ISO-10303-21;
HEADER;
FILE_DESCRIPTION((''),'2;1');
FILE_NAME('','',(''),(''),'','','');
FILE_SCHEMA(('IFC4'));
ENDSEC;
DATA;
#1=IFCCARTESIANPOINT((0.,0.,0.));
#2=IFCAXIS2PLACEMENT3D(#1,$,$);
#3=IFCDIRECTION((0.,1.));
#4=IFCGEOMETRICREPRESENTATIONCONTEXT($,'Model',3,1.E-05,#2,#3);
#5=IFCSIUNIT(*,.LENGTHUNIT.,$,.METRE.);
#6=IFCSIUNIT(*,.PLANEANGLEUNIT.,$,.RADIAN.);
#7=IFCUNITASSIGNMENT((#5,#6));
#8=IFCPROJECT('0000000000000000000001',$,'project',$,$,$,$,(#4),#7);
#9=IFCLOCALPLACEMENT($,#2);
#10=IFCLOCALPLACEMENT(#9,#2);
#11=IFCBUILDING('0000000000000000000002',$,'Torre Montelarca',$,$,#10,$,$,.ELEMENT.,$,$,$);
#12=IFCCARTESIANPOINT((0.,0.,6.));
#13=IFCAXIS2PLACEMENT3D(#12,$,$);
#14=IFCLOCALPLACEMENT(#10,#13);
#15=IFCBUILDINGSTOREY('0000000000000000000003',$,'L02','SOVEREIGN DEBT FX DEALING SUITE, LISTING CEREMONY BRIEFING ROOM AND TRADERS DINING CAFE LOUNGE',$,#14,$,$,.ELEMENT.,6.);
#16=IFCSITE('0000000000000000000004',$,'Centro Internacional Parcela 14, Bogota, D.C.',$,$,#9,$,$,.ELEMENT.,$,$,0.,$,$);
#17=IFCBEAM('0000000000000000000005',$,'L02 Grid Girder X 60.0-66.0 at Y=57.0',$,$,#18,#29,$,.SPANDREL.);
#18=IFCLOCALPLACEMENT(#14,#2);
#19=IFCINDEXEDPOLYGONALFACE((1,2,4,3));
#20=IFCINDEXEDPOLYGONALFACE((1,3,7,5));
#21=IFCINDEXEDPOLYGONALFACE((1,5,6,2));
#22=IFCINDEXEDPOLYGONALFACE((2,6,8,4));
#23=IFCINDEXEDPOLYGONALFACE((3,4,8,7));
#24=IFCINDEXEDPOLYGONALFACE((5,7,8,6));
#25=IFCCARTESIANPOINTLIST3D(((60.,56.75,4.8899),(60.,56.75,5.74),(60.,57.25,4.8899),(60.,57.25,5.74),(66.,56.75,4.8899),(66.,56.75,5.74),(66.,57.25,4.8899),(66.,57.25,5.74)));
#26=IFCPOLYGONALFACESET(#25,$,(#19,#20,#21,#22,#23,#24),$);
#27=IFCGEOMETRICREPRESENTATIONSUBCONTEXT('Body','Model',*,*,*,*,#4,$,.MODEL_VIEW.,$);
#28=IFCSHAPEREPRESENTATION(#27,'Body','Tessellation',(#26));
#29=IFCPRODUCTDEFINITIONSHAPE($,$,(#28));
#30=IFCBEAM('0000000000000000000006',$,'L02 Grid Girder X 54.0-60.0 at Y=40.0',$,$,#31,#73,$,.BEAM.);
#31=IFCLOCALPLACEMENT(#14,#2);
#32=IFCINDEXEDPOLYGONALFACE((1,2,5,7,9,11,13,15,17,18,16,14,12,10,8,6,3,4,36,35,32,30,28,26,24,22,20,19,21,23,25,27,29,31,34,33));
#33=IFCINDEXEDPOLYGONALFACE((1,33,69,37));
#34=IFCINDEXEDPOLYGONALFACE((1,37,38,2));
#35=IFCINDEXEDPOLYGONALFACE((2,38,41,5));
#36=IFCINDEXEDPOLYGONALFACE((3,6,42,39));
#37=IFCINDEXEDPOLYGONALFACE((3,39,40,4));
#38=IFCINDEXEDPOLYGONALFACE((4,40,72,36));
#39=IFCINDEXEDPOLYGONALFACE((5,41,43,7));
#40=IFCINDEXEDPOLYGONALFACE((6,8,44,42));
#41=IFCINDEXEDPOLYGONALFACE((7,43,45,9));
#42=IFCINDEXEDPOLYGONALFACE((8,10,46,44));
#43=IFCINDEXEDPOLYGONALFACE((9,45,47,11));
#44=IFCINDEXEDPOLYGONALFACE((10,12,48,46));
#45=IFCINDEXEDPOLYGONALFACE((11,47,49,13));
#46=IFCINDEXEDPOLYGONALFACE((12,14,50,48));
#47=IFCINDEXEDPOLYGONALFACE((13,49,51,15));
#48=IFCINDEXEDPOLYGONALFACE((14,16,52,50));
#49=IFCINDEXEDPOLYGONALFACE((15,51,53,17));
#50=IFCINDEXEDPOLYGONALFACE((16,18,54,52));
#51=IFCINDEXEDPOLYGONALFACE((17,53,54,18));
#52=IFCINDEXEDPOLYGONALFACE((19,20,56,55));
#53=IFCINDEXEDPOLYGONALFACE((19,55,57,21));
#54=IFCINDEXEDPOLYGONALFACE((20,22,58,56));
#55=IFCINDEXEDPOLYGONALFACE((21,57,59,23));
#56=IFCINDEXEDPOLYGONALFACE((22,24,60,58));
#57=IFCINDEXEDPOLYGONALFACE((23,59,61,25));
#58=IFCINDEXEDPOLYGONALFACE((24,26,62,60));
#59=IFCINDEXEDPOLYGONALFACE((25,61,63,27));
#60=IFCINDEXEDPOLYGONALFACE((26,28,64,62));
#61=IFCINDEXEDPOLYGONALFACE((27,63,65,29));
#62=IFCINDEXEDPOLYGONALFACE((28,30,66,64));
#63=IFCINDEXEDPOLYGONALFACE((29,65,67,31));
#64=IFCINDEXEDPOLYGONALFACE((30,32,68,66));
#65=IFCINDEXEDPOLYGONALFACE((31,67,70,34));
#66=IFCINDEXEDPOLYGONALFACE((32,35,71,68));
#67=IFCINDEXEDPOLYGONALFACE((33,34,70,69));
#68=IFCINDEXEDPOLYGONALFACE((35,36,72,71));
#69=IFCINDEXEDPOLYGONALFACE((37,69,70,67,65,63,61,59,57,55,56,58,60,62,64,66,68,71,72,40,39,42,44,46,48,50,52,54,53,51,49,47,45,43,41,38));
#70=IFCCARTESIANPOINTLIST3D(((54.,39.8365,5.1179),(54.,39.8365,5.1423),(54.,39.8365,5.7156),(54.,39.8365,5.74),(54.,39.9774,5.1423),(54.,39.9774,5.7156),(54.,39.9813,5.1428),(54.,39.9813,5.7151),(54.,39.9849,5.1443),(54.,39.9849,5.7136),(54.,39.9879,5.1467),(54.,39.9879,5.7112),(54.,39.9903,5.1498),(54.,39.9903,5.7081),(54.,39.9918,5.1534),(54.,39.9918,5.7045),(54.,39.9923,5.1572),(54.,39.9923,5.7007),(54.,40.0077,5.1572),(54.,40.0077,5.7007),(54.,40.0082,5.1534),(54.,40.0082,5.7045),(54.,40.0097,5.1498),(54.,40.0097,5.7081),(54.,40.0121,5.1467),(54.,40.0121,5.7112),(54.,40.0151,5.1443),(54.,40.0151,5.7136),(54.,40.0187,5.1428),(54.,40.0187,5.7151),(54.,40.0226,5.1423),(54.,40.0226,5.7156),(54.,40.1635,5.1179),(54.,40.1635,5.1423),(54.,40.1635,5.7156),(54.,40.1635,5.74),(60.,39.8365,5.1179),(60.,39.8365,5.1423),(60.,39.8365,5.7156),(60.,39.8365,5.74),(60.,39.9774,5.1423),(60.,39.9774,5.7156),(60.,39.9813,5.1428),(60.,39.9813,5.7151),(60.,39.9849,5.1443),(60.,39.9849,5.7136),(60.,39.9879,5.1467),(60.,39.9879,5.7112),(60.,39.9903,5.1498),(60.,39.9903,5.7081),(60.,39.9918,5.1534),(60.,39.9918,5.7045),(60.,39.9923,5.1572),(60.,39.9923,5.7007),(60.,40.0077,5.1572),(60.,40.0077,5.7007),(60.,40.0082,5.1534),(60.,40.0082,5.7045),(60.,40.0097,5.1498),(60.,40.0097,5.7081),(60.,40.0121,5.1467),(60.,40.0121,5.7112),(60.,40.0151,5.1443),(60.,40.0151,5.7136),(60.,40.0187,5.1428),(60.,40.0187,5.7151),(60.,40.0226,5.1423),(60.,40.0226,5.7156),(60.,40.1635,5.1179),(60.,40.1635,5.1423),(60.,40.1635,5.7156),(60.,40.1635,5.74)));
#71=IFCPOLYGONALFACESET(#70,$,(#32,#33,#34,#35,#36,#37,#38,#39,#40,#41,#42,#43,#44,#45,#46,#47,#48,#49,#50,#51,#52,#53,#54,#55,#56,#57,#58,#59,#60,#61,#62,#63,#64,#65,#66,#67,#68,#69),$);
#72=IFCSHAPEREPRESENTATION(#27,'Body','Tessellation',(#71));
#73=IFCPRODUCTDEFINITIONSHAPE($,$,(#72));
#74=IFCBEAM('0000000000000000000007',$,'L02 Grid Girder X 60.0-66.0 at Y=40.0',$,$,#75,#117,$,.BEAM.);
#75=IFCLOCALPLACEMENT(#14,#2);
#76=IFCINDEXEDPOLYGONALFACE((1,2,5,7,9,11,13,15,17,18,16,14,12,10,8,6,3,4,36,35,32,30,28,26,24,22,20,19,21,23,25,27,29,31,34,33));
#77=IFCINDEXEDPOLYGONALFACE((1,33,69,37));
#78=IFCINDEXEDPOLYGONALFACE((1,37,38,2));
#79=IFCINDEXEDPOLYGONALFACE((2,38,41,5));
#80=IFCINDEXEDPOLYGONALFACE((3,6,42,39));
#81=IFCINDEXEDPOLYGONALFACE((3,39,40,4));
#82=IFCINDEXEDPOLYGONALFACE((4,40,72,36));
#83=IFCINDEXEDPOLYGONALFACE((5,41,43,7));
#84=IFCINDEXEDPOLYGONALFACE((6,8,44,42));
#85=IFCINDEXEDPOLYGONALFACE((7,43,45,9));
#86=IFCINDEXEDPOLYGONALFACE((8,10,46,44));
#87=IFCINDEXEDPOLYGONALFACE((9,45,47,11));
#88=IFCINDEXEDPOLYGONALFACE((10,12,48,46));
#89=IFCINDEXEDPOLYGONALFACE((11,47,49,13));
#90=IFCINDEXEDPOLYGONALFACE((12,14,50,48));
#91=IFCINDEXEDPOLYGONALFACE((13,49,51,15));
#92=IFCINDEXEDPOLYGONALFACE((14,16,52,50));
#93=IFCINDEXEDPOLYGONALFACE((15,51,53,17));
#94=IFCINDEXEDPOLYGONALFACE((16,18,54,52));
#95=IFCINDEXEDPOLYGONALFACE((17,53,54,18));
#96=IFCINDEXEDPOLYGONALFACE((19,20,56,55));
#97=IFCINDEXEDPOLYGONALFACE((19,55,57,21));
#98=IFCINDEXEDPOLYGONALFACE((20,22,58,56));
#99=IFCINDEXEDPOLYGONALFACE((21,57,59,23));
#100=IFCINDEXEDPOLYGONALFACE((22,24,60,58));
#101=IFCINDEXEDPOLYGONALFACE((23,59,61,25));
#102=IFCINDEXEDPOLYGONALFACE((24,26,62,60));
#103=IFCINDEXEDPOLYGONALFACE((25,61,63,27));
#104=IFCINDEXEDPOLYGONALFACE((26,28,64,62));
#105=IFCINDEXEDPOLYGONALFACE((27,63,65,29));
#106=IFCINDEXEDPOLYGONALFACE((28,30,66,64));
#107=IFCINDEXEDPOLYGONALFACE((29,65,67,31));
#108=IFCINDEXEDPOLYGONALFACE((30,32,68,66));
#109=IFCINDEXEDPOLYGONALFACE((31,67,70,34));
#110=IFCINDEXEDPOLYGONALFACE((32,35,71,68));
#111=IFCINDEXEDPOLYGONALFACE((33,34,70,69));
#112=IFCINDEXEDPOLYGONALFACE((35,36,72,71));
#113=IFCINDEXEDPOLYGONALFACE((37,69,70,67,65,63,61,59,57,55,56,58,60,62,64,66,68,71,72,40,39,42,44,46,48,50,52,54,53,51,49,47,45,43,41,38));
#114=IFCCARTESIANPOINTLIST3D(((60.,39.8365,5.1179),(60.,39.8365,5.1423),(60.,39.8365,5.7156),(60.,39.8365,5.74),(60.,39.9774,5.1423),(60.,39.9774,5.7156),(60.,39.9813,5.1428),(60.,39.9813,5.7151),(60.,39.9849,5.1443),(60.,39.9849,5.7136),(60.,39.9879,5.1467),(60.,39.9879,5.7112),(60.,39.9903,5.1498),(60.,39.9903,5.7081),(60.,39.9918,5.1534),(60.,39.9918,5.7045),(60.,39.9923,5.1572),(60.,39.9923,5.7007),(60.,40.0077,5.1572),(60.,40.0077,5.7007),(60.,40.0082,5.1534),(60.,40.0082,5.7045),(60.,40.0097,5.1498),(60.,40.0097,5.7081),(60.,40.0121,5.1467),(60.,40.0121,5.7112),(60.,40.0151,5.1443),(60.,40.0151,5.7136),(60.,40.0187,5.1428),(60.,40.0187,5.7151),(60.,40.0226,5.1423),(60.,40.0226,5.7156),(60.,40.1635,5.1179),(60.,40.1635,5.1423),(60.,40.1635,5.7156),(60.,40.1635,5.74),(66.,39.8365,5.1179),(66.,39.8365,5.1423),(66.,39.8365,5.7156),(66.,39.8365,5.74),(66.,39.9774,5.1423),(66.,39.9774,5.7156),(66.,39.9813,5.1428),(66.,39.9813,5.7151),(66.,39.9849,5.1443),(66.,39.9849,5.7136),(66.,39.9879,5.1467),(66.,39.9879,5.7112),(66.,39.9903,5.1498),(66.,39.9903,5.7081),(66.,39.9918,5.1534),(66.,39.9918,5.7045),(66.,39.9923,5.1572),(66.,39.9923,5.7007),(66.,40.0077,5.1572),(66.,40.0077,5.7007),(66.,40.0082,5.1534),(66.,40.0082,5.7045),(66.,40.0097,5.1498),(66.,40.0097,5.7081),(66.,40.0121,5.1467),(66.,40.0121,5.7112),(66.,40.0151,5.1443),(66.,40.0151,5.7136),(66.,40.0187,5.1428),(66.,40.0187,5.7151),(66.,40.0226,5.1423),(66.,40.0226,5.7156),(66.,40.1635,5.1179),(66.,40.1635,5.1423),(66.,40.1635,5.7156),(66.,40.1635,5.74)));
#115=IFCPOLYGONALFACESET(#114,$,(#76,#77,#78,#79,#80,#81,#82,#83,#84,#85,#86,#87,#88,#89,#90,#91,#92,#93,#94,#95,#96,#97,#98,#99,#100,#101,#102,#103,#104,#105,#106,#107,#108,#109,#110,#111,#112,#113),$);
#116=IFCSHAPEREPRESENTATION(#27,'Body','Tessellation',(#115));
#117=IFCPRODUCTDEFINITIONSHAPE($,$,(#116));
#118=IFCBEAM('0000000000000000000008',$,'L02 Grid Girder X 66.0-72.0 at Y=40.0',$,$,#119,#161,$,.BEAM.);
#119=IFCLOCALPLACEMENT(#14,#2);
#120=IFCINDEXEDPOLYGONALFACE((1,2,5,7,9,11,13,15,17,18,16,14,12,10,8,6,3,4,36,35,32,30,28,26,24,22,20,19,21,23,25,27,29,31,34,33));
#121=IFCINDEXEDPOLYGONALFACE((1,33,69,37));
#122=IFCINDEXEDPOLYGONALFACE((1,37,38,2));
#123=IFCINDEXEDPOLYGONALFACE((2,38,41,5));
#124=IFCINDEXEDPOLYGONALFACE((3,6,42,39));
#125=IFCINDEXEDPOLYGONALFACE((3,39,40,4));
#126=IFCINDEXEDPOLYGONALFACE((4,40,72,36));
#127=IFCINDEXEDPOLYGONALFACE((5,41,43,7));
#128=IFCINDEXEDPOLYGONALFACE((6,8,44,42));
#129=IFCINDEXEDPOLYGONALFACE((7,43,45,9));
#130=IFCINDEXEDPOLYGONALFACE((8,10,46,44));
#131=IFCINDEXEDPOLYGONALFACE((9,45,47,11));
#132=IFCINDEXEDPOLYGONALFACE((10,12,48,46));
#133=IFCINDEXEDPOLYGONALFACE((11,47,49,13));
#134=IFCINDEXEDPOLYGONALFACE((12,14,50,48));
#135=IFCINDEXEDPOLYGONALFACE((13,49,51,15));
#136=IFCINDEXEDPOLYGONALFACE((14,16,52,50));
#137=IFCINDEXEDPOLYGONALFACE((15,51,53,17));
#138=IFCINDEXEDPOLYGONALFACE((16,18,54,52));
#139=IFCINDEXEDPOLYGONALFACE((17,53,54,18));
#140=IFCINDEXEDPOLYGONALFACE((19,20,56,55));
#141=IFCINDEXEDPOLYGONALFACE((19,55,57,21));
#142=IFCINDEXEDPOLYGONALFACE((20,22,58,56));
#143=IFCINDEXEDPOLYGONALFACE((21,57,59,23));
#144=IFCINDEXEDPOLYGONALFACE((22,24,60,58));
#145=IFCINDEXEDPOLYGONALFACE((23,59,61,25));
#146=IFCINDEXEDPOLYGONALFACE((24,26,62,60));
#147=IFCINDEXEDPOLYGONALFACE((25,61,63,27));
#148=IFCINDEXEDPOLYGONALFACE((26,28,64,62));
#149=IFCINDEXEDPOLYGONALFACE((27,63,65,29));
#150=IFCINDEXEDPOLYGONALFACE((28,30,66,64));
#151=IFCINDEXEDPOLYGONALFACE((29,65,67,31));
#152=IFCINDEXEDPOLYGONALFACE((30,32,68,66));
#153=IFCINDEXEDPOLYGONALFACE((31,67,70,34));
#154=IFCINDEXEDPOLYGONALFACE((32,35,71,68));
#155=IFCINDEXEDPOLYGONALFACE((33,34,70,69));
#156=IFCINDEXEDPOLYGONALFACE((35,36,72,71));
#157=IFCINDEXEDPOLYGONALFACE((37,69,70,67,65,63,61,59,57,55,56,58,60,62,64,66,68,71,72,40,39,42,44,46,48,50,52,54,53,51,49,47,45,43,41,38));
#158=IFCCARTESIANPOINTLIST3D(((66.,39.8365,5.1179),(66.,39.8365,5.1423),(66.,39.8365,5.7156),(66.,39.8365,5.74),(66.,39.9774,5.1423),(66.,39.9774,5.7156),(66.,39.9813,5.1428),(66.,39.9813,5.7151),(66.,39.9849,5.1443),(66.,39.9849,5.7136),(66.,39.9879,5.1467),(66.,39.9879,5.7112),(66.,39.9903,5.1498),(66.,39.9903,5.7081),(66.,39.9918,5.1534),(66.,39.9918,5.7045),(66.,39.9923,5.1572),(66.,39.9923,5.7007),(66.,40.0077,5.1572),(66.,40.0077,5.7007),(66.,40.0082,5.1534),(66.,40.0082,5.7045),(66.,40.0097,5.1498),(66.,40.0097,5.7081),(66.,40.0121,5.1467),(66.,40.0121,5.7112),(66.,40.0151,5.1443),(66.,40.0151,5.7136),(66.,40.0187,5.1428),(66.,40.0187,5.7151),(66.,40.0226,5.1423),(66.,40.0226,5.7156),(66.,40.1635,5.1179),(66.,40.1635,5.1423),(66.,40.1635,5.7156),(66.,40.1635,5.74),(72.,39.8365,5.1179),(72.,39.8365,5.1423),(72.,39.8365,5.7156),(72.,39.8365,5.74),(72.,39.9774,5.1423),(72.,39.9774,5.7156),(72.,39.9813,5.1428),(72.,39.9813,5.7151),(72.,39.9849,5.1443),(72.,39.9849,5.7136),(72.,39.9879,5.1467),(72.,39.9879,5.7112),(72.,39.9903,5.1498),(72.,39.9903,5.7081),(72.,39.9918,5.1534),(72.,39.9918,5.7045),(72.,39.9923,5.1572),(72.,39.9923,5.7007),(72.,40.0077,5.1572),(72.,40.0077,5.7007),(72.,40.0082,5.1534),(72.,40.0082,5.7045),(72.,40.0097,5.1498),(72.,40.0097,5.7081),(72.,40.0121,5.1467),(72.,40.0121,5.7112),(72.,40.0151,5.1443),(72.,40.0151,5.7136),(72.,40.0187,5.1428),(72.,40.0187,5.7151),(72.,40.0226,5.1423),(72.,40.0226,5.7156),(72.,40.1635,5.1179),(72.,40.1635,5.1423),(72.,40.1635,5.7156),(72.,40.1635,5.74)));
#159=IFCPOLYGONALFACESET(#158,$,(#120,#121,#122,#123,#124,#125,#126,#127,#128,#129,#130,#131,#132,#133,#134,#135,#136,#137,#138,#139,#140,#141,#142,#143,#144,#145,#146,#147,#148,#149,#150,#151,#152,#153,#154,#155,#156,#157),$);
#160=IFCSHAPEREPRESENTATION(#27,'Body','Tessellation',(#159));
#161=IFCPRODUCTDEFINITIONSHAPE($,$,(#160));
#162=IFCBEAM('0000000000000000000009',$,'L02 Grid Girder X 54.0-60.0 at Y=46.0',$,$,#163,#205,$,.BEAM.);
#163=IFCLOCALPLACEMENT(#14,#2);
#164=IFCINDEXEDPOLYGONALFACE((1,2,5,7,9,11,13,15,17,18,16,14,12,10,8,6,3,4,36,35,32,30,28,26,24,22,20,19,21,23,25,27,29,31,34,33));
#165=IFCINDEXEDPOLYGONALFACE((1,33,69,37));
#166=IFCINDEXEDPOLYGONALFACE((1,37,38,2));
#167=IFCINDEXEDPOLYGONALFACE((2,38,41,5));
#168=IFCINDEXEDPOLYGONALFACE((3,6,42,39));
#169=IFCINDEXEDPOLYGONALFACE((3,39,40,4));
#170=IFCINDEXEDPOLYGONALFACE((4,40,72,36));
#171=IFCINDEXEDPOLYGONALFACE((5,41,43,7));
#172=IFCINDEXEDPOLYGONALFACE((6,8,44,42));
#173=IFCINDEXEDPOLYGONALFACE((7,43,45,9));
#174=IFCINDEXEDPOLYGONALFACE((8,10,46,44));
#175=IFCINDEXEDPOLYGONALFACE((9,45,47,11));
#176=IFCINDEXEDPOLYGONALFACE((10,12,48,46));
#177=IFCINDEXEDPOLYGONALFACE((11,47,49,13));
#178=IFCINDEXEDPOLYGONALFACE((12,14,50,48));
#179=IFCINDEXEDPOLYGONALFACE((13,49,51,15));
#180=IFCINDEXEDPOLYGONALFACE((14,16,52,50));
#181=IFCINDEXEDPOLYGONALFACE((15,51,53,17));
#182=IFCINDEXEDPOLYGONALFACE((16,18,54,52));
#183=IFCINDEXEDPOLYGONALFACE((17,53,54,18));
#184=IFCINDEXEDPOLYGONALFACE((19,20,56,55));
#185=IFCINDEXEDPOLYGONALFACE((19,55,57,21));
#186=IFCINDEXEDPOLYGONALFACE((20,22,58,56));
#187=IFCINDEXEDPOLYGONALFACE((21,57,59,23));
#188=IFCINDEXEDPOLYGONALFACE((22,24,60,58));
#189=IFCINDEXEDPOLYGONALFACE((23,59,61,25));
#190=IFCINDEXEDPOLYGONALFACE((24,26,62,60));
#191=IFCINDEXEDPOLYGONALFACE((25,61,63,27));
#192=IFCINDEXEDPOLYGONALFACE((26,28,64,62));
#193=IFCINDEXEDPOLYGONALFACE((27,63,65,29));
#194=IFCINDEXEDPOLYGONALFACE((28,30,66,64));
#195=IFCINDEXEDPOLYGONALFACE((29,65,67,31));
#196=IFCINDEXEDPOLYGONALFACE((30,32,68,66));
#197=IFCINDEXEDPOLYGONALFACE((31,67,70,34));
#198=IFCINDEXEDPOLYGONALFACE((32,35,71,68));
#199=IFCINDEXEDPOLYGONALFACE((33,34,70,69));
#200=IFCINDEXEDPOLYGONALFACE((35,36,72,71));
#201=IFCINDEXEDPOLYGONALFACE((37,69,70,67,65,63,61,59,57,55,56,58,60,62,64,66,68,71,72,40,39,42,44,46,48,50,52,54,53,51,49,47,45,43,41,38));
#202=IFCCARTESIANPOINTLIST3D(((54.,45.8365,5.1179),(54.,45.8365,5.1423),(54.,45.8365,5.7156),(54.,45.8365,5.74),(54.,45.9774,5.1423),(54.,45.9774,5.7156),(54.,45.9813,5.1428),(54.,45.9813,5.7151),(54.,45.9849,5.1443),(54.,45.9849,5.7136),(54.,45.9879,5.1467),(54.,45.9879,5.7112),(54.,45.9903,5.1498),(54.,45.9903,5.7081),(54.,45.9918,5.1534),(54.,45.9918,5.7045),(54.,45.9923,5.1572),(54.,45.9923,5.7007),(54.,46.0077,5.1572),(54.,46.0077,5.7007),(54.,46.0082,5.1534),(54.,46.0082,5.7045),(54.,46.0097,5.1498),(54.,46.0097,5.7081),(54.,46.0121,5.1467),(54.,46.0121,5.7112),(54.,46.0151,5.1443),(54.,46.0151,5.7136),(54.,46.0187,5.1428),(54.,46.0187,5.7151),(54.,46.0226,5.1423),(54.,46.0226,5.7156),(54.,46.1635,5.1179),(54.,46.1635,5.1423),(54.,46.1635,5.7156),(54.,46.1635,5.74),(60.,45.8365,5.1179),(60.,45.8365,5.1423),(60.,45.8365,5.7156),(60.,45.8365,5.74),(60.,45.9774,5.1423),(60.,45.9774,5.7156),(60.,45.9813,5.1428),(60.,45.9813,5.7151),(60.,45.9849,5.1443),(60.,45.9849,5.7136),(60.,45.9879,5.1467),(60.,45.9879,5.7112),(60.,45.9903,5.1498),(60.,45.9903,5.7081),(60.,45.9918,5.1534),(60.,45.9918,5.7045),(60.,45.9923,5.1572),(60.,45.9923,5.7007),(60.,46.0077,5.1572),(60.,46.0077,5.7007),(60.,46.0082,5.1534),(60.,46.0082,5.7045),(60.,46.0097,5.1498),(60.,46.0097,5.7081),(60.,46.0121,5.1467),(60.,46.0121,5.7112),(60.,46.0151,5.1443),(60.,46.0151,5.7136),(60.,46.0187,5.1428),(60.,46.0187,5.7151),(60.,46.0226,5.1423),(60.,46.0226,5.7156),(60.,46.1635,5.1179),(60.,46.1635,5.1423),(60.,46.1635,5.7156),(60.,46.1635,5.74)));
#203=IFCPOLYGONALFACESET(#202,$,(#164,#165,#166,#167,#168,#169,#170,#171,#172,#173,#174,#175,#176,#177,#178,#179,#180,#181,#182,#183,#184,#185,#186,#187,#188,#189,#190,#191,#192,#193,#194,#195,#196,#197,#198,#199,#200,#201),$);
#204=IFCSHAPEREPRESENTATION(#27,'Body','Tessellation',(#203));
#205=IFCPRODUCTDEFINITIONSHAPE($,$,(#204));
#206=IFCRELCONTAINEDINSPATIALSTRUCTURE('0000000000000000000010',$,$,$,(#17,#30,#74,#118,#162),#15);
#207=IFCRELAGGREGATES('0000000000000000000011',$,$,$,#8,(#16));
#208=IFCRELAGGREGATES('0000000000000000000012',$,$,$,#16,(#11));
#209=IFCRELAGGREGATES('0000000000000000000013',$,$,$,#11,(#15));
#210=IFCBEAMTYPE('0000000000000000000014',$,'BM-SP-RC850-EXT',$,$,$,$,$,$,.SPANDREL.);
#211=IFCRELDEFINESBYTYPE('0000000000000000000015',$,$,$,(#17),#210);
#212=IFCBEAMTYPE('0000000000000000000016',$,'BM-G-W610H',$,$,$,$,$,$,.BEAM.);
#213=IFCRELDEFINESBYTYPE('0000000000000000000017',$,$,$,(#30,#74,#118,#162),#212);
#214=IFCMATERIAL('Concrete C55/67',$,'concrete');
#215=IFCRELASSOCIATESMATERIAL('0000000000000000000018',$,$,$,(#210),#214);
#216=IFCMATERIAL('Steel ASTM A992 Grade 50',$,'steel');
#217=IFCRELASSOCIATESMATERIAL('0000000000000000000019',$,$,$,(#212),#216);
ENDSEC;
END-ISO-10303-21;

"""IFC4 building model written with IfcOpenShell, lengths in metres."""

from ifc_helpers import new_model, si_unit, direction, frame, origin, origin_2d, place, context, subcontext, project, spatial, rectangle, i_section, extrude, source, transform, mapped, material, material_profile, profile_set, type_object, element, save


model = new_model("IFC4")

# Units and contexts
model_context = context("Model", 3, precision=1e-05, world=origin(), true_north=direction((0.0, 1.0)))
body_context = subcontext(model_context, "Body", "Model", "MODEL_VIEW")
ifc_project = project(units=[si_unit("LENGTHUNIT", "METRE"), si_unit("PLANEANGLEUNIT", "RADIAN")], contexts=[model_context])

# Site, building, storey
site_placement = place(None, origin())
site = spatial("IfcSite", under=ifc_project, at=site_placement, Name="Centro Internacional Parcela 14, Bogota, D.C.", CompositionType="ELEMENT", RefElevation=0.0)
building_placement = place(site_placement, origin())
building = spatial("IfcBuilding", under=site, at=building_placement, Name="Torre Montelarca", CompositionType="ELEMENT")
storey_placement = place(building_placement, frame((0.0, 0.0, 6.0)))
storey = spatial("IfcBuildingStorey", under=building, at=storey_placement, Name="L02", Description="SOVEREIGN DEBT FX DEALING SUITE, LISTING CEREMONY BRIEFING ROOM AND TRADERS DINING CAFE LOUNGE", CompositionType="ELEMENT", Elevation=6.0)

# Shared definitions
ifc_material_1 = material(Name="Steel ASTM A992 Grade 50", Category="steel")

# Beams
ifc_material_2 = material(Name="Concrete C55/67", Category="concrete")
ifc_material_profile_1 = material_profile(ifc_material_2, rectangle(XDim=0.5, YDim=0.8501, at=origin_2d()), Name="RCB500X850", Category="concrete")
ifc_profile_set_1 = profile_set([ifc_material_profile_1], Name="Concrete C55/67")
beam_type_1 = type_object("IfcBeamType", Name="BM-SP-RC850-EXT", PredefinedType="SPANDREL", material=ifc_profile_set_1)
shared_shape_1 = source(origin(), body_context, "Body", "SweptSolid", [
    extrude(rectangle(XDim=0.5, YDim=0.8501, at=origin_2d()), origin(), (0.0, 0.0, 1.0), 6.0),
])
for number, where, z_axis, x_axis, name in (
    (1, (60.0, 57.0, 5.3149), (1.0, 0.0, 0.0), (0.0, 1.0, 0.0), "L02 Grid Girder X 60.0-66.0 at Y=57.0"),
):
    element("IfcBeam", number, at=place(storey_placement, frame(where, z_axis=z_axis, x_axis=x_axis)), inside=storey, type_object=beam_type_1, Name=name, PredefinedType="SPANDREL", context=body_context, shape_type="MappedRepresentation", body=[
        mapped(shared_shape_1, transform((0.0, 0.0, 0.0), scale=1.0)),
    ])
ifc_material_profile_2 = material_profile(ifc_material_1, i_section(OverallWidth=0.3269, OverallDepth=0.6221, WebThickness=0.0154, FlangeThickness=0.0244, FilletRadius=0.0149, at=origin_2d()), Name="W610X195", Category="steel")
ifc_profile_set_2 = profile_set([ifc_material_profile_2], Name="Steel ASTM A992 Grade 50")
beam_type_2 = type_object("IfcBeamType", Name="BM-G-W610H", PredefinedType="BEAM", material=ifc_profile_set_2)
shared_shape_2 = source(origin(), body_context, "Body", "SweptSolid", [
    extrude(i_section(OverallWidth=0.3269, OverallDepth=0.6221, WebThickness=0.0154, FlangeThickness=0.0244, FilletRadius=0.0149, at=origin_2d()), origin(), (0.0, 0.0, 1.0), 6.0),
])
for number, where, z_axis, x_axis, name in (
    (2, (54.0, 40.0, 5.429), (1.0, 0.0, 0.0), (0.0, 1.0, 0.0), "L02 Grid Girder X 54.0-60.0 at Y=40.0"),
    (3, (60.0, 40.0, 5.429), (1.0, 0.0, 0.0), (0.0, 1.0, 0.0), "L02 Grid Girder X 60.0-66.0 at Y=40.0"),
    (4, (66.0, 40.0, 5.429), (1.0, 0.0, 0.0), (0.0, 1.0, 0.0), "L02 Grid Girder X 66.0-72.0 at Y=40.0"),
    (5, (54.0, 46.0, 5.429), (1.0, 0.0, 0.0), (0.0, 1.0, 0.0), "L02 Grid Girder X 54.0-60.0 at Y=46.0"),
):
    element("IfcBeam", number, at=place(storey_placement, frame(where, z_axis=z_axis, x_axis=x_axis)), inside=storey, type_object=beam_type_2, Name=name, PredefinedType="BEAM", context=body_context, shape_type="MappedRepresentation", body=[
        mapped(shared_shape_2, transform((0.0, 0.0, 0.0), scale=1.0)),
    ])

save(model, "model.ifc")
